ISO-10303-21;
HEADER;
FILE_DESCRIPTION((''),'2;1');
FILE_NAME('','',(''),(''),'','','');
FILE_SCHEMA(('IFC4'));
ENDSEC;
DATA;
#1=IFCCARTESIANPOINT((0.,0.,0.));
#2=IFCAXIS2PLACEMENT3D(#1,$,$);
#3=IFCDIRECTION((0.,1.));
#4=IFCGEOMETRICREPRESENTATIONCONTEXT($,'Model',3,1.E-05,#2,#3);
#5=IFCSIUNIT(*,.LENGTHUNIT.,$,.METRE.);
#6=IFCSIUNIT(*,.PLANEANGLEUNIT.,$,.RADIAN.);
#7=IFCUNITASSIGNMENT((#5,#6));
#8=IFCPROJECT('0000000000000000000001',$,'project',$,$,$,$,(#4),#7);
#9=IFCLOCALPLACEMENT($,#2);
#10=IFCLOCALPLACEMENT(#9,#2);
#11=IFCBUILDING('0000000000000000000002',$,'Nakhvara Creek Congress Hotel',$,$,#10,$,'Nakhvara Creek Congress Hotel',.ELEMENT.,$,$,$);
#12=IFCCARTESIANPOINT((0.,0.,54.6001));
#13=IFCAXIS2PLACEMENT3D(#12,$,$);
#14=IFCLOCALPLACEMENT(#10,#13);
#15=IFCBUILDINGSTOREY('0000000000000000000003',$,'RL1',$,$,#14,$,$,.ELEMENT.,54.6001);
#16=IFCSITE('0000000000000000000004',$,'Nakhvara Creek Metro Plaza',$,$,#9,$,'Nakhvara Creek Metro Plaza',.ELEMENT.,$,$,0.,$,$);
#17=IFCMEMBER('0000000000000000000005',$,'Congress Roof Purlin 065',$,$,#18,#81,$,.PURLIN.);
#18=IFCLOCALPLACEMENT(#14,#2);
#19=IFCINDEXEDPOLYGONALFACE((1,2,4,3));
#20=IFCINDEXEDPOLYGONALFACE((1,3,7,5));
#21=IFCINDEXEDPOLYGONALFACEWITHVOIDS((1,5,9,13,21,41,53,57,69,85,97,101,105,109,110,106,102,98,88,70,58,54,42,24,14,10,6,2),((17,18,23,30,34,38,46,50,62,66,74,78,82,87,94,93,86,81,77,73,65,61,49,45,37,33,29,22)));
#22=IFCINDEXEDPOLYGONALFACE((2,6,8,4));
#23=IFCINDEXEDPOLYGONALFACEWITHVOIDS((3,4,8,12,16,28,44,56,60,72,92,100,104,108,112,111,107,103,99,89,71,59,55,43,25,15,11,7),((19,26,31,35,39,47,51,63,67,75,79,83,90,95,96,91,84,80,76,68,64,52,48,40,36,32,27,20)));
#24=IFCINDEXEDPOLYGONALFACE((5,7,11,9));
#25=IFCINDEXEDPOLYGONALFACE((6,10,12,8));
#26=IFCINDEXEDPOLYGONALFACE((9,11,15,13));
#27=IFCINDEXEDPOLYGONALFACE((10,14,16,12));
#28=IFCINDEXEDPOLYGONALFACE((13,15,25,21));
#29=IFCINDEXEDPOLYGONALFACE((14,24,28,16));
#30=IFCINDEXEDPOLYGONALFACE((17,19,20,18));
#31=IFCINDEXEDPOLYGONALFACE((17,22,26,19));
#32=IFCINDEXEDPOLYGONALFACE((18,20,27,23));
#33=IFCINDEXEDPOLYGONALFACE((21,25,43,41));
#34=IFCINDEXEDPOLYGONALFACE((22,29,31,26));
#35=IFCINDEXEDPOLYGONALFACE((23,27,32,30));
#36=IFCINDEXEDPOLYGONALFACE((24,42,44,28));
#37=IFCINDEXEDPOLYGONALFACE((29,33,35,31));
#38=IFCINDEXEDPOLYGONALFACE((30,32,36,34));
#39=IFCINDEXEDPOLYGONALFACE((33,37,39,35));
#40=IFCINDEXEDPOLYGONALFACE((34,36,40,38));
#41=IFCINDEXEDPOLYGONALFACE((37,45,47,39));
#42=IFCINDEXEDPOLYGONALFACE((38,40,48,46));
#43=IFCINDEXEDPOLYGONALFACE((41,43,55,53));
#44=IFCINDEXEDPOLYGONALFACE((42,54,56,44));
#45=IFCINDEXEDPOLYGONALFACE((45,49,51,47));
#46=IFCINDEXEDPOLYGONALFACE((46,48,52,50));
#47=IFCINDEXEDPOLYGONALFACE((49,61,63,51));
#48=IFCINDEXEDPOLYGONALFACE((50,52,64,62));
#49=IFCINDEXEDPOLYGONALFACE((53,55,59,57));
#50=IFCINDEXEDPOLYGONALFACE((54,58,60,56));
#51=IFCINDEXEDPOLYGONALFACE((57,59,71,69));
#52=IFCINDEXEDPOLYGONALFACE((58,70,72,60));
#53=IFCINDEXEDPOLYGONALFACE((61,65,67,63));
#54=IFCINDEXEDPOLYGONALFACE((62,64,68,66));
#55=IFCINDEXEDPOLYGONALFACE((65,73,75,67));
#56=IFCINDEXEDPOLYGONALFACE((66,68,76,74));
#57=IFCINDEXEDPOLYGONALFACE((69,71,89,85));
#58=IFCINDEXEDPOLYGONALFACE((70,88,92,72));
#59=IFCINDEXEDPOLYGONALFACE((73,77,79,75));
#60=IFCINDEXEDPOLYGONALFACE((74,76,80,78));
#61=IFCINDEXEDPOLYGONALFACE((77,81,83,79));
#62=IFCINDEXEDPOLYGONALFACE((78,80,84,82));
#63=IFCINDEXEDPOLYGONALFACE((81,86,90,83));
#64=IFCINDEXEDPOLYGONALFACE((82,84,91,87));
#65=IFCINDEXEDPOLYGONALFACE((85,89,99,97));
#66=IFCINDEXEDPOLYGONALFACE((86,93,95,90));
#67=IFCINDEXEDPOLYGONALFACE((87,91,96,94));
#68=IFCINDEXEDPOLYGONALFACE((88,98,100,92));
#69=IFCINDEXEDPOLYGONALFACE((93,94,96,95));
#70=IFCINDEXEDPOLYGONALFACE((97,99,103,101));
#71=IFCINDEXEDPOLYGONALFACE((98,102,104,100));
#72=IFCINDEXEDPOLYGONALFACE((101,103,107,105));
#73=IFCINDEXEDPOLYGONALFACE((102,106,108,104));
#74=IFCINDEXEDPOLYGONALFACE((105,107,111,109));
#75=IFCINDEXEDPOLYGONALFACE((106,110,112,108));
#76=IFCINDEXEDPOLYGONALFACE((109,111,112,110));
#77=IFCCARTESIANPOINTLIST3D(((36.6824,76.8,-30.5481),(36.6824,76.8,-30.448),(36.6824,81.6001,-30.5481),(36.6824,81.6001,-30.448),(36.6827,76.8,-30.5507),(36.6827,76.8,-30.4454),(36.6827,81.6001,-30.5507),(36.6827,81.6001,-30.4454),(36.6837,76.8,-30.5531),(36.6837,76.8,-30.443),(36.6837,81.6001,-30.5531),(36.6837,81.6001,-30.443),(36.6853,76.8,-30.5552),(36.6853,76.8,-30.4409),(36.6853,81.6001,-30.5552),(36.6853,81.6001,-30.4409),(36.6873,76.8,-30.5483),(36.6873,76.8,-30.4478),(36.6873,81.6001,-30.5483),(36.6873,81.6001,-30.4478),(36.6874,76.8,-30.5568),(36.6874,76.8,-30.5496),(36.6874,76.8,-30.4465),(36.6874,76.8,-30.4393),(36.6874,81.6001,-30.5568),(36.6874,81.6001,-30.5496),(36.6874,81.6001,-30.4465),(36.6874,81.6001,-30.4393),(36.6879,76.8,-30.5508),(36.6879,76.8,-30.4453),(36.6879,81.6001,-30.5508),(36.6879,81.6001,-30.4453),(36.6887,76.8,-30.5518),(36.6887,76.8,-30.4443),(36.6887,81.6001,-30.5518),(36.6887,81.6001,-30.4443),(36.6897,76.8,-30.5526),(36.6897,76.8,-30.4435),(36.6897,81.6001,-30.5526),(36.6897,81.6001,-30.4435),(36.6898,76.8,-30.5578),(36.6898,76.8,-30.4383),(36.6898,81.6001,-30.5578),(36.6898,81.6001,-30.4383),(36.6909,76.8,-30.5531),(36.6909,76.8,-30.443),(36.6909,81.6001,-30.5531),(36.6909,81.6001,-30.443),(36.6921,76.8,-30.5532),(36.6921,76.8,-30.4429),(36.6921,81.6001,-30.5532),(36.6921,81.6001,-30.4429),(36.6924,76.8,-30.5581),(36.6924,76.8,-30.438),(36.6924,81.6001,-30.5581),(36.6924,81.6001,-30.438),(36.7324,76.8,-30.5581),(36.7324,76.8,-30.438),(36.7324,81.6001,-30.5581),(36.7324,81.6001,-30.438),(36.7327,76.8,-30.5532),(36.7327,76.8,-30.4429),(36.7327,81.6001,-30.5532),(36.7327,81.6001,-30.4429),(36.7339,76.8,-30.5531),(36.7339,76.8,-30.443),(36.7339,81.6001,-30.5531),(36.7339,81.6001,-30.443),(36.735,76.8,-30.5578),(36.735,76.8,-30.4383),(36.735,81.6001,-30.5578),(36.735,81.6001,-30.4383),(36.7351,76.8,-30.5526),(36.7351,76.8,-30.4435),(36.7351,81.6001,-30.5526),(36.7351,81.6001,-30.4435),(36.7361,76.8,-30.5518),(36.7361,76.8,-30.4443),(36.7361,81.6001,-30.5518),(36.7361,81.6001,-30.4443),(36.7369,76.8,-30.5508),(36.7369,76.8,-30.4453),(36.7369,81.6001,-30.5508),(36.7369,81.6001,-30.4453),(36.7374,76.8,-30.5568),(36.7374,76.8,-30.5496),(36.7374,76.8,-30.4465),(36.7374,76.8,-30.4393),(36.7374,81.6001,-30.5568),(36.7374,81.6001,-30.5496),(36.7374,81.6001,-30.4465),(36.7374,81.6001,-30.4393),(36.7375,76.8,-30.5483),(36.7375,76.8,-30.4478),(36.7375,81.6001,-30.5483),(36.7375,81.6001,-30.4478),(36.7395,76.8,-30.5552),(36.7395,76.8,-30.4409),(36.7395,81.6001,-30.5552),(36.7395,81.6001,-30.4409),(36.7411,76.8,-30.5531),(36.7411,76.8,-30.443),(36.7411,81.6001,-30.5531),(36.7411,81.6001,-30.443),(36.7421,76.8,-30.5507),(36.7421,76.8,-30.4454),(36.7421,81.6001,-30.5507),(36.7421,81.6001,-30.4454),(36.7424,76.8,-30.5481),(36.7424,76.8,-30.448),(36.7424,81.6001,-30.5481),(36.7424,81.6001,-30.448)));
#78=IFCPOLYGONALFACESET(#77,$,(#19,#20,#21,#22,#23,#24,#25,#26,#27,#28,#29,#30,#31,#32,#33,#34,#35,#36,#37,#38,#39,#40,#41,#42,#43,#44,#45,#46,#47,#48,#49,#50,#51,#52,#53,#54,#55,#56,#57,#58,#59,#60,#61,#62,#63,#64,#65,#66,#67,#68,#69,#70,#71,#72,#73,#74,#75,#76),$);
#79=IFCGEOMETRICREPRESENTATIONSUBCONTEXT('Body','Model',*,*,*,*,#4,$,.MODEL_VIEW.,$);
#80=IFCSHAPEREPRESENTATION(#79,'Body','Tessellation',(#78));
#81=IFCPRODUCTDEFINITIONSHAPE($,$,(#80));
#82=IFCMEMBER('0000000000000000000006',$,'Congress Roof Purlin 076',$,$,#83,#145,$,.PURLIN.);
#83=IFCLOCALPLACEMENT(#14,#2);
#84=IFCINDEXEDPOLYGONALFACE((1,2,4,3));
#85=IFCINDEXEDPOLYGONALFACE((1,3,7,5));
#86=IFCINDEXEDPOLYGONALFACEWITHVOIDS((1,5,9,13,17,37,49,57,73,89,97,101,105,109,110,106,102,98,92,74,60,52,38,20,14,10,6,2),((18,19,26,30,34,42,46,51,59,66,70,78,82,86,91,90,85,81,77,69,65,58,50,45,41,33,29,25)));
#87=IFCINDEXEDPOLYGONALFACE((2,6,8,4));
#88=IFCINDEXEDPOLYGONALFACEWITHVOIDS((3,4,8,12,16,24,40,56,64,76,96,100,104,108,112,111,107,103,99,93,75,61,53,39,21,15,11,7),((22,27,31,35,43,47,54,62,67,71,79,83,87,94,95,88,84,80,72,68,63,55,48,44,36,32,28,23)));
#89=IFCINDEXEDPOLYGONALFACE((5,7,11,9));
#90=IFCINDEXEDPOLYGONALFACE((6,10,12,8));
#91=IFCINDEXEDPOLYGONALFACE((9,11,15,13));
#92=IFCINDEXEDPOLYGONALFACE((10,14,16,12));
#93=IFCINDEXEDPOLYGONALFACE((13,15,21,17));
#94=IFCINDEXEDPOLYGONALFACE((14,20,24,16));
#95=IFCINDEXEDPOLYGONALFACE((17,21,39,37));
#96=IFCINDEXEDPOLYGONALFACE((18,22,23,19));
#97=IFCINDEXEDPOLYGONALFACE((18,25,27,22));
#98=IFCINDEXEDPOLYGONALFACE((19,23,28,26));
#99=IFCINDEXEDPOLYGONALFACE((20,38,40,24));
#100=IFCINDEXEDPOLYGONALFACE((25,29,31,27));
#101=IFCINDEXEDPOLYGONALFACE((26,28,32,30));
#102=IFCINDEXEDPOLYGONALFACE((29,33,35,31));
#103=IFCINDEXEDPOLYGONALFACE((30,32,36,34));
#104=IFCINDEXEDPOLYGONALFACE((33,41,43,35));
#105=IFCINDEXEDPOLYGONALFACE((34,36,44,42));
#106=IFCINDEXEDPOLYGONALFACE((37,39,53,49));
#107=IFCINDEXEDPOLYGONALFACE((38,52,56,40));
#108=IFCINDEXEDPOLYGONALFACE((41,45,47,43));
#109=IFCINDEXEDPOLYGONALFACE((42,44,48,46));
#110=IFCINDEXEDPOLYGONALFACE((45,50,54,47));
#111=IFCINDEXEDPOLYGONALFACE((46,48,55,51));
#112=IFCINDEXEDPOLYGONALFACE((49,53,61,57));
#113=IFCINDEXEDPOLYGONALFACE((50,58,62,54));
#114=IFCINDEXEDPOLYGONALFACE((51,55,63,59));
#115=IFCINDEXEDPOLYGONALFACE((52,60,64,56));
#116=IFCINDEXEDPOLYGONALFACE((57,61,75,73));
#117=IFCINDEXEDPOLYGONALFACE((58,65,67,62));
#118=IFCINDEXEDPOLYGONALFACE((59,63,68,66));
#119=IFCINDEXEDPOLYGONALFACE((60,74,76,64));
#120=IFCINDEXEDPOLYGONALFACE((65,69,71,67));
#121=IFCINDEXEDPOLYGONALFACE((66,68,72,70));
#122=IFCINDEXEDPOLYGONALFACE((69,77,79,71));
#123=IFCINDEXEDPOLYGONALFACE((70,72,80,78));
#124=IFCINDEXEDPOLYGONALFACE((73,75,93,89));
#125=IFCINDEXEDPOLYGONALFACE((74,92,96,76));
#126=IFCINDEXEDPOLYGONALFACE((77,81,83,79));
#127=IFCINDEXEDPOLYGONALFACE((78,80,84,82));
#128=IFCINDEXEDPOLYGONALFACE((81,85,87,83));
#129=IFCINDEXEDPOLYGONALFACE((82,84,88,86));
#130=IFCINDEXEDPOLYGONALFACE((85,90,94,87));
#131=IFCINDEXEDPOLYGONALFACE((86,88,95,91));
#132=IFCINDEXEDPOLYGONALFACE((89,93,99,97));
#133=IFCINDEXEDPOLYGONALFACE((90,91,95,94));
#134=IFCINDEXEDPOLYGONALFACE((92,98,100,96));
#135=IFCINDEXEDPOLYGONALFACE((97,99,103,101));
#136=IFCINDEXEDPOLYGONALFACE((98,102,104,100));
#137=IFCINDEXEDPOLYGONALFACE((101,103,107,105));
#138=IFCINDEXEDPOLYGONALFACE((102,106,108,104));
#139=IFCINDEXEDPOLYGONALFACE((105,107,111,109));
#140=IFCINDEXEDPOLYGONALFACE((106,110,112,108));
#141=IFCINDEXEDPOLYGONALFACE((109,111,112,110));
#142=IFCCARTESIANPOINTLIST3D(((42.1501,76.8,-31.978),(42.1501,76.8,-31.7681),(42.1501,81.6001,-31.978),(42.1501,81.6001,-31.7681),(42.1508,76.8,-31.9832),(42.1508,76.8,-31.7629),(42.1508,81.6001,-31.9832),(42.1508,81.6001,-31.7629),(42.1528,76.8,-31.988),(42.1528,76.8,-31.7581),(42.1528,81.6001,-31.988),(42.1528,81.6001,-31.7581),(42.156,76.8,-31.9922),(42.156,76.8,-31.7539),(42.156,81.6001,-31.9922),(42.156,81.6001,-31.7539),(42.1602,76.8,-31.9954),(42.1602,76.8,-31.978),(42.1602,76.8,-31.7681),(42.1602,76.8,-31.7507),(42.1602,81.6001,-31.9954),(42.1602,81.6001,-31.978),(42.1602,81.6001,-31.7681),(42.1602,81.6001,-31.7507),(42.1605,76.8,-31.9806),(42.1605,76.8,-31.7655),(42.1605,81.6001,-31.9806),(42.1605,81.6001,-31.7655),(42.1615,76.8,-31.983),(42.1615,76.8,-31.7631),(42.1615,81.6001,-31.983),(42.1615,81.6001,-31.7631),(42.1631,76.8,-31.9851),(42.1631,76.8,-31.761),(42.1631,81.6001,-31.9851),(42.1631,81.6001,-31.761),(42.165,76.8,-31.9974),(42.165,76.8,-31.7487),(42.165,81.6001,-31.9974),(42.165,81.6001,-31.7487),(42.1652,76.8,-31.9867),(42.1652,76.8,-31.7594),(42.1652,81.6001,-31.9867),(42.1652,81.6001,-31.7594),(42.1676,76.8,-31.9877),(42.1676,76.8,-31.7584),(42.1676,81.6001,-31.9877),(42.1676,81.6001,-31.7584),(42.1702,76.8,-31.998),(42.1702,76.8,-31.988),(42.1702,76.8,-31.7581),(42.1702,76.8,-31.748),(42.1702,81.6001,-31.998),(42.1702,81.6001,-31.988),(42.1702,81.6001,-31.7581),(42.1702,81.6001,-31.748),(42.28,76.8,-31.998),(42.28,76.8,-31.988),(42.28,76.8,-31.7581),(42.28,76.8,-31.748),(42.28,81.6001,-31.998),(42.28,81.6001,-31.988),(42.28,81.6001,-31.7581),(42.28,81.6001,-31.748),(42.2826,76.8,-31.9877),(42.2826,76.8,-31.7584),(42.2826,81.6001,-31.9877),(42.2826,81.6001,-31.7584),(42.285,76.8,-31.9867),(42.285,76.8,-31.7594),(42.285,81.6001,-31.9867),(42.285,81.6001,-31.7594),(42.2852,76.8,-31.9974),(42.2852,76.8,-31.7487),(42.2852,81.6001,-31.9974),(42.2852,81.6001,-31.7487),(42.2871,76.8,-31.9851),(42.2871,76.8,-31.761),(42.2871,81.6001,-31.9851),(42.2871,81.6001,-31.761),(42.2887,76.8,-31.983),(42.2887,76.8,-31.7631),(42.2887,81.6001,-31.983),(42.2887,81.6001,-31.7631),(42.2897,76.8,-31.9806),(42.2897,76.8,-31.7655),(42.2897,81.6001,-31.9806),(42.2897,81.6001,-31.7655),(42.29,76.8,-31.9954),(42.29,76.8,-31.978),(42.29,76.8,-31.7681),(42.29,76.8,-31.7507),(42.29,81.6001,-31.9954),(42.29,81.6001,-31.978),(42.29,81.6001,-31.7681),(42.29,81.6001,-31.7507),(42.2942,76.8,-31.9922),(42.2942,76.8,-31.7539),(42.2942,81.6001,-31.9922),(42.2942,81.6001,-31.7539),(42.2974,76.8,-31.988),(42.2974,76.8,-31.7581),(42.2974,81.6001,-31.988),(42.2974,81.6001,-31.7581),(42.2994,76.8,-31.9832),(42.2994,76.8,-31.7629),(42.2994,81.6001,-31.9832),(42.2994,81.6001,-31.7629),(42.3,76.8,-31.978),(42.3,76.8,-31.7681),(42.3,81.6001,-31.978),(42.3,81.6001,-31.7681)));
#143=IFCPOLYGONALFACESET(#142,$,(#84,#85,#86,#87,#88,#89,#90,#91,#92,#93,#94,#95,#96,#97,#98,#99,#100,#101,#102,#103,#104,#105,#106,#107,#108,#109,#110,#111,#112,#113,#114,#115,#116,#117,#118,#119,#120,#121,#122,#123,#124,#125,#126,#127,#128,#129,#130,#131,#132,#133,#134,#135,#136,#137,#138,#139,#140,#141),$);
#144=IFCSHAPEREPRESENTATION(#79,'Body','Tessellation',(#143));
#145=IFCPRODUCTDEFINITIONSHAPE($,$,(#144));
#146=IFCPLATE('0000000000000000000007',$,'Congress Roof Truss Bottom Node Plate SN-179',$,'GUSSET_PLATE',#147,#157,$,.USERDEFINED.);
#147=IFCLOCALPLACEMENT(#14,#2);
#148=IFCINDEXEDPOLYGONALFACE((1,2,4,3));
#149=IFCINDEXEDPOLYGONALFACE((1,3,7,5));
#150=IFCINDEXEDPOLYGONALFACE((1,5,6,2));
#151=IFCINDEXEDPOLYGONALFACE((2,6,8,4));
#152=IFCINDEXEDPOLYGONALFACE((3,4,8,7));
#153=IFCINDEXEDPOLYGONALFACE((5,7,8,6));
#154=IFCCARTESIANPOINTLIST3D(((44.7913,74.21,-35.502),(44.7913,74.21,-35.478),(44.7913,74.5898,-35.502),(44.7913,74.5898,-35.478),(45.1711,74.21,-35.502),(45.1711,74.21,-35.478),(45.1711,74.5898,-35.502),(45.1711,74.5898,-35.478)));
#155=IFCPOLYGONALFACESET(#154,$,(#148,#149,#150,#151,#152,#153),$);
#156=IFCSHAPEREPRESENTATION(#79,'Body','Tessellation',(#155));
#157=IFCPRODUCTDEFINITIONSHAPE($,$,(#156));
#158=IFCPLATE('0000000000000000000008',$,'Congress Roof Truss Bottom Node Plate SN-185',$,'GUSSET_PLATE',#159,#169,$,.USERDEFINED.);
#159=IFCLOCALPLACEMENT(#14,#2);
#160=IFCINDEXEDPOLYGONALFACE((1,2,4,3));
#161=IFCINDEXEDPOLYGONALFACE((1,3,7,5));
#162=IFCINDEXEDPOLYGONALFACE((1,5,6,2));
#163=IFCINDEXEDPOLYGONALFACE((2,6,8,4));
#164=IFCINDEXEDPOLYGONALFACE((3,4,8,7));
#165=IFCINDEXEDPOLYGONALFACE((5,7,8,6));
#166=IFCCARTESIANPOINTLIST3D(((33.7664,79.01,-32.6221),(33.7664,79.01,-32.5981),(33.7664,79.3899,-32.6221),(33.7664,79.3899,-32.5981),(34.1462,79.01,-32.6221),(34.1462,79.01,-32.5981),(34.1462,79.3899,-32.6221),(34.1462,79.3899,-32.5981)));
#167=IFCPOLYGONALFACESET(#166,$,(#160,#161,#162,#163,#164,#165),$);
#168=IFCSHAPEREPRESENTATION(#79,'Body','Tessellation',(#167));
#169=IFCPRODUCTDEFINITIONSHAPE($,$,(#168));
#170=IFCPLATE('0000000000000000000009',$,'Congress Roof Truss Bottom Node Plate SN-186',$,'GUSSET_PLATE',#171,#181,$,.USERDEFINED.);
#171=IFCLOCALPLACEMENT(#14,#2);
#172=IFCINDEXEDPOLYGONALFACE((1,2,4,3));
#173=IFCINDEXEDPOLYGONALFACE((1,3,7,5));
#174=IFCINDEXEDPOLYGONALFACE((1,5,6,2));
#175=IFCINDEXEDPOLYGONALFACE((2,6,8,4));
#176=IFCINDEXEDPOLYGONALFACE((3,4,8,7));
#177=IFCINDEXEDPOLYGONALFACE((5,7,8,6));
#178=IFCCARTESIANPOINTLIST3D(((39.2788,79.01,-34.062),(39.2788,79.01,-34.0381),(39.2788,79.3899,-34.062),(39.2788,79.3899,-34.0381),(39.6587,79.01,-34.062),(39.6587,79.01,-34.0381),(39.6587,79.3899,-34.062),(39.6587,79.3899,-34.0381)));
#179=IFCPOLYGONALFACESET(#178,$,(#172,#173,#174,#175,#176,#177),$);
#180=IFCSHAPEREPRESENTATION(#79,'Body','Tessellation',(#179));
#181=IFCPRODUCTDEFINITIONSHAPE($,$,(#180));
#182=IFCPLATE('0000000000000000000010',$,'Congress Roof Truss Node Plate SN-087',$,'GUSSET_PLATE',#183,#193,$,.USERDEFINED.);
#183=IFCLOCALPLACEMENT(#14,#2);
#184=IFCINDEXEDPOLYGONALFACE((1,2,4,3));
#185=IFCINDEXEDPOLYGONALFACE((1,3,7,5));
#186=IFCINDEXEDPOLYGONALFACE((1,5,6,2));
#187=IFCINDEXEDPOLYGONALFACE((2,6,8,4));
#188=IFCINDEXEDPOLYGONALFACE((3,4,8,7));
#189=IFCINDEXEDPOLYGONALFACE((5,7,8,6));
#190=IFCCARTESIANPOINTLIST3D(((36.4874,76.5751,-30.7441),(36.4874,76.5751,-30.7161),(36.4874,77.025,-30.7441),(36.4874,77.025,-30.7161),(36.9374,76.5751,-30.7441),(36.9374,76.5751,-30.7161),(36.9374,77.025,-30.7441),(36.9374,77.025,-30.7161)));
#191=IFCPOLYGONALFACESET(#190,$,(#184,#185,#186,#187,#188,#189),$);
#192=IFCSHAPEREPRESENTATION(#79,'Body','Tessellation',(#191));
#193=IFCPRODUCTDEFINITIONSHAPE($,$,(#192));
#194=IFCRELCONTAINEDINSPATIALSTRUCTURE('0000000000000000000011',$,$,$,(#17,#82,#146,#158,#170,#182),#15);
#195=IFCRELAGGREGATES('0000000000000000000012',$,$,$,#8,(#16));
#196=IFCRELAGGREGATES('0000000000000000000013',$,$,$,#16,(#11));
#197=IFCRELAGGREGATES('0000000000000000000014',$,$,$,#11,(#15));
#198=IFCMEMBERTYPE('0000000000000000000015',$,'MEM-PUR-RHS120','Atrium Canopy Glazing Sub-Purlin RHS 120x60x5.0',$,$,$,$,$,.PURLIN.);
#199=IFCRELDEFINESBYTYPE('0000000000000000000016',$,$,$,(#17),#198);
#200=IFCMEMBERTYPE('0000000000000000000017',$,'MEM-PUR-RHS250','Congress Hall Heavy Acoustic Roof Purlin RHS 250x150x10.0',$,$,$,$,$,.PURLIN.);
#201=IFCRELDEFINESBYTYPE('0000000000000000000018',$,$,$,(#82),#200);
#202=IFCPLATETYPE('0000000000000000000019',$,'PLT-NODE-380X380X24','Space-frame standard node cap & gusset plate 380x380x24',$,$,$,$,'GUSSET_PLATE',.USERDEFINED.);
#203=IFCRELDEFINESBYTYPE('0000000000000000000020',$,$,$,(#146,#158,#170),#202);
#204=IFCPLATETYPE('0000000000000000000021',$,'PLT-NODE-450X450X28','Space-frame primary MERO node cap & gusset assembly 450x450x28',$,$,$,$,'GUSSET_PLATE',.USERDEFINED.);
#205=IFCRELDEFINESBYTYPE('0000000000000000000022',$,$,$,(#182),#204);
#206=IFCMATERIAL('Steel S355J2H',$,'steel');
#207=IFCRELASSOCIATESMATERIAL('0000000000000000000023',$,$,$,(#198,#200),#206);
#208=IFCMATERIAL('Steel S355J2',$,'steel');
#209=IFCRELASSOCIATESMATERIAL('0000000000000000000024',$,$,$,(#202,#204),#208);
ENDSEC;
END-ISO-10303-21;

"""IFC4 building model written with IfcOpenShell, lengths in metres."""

from ifc_helpers import new_model, si_unit, direction, frame, origin, origin_2d, place, context, subcontext, project, spatial, rectangle, hollow_rectangle, extrude, material, material_profile, profile_set, type_object, element, save


model = new_model("IFC4")

# Units and contexts
model_context = context("Model", 3, precision=1e-05, world=origin(), true_north=direction((0.0, 1.0)))
body_context = subcontext(model_context, "Body", "Model", "MODEL_VIEW")
ifc_project = project(units=[si_unit("LENGTHUNIT", "METRE"), si_unit("PLANEANGLEUNIT", "RADIAN")], contexts=[model_context])

# Site, building, storey
site_placement = place(None, origin())
site = spatial("IfcSite", under=ifc_project, at=site_placement, Name="Nakhvara Creek Metro Plaza", LongName="Nakhvara Creek Metro Plaza", CompositionType="ELEMENT", RefElevation=0.0)
building_placement = place(site_placement, origin())
building = spatial("IfcBuilding", under=site, at=building_placement, Name="Nakhvara Creek Congress Hotel", LongName="Nakhvara Creek Congress Hotel", CompositionType="ELEMENT")
storey_placement = place(building_placement, frame((0.0, 0.0, 54.6001)))
storey = spatial("IfcBuildingStorey", under=building, at=storey_placement, Name="RL1", CompositionType="ELEMENT", Elevation=54.6001)

# Members
ifc_material_1 = material(Name="Steel S355J2H", Category="steel")
ifc_material_profile_1 = material_profile(ifc_material_1, hollow_rectangle(XDim=0.0601, YDim=0.1201, WallThickness=0.0049, InnerFilletRadius=0.0049, OuterFilletRadius=0.01, at=origin_2d()), Name="RHS 120x60x5.0", Category="LoadBearing")
ifc_profile_set_1 = profile_set([ifc_material_profile_1], Name="Steel S355J2H")
member_type_1 = type_object("IfcMemberType", Name="MEM-PUR-RHS120", Description="Atrium Canopy Glazing Sub-Purlin RHS 120x60x5.0", PredefinedType="PURLIN", material=ifc_profile_set_1)
member_1_placement = place(storey_placement, frame((36.7124, 76.8, -30.498), z_axis=(0.0, 1.0, 0.0), x_axis=(-1.0, 0.0, 0.0)))
element("IfcMember", 1, at=member_1_placement, inside=storey, type_object=member_type_1, Name="Congress Roof Purlin 065", PredefinedType="PURLIN", context=body_context, shape_type="SweptSolid", body=[
    extrude(hollow_rectangle(XDim=0.0601, YDim=0.1201, WallThickness=0.0049, InnerFilletRadius=0.0049, OuterFilletRadius=0.01, at=origin_2d()), origin(), (0.0, 0.0, 1.0), 4.8),
])
ifc_material_profile_2 = material_profile(ifc_material_1, hollow_rectangle(XDim=0.1499, YDim=0.25, WallThickness=0.01, InnerFilletRadius=0.01, OuterFilletRadius=0.02, at=origin_2d()), Name="RHS 250x150x10.0", Category="LoadBearing")
ifc_profile_set_2 = profile_set([ifc_material_profile_2], Name="Steel S355J2H")
member_type_2 = type_object("IfcMemberType", Name="MEM-PUR-RHS250", Description="Congress Hall Heavy Acoustic Roof Purlin RHS 250x150x10.0", PredefinedType="PURLIN", material=ifc_profile_set_2)
member_2_placement = place(storey_placement, frame((42.2251, 76.8, -31.873), z_axis=(0.0, 1.0, 0.0), x_axis=(-1.0, 0.0, 0.0)))
element("IfcMember", 2, at=member_2_placement, inside=storey, type_object=member_type_2, Name="Congress Roof Purlin 076", PredefinedType="PURLIN", context=body_context, shape_type="SweptSolid", body=[
    extrude(hollow_rectangle(XDim=0.1499, YDim=0.25, WallThickness=0.01, InnerFilletRadius=0.01, OuterFilletRadius=0.02, at=origin_2d()), origin(), (0.0, 0.0, 1.0), 4.8),
])

# Plates
ifc_material_2 = material(Name="Steel S355J2", Category="steel")
plate_type_1 = type_object("IfcPlateType", Name="PLT-NODE-380X380X24", Description="Space-frame standard node cap & gusset plate 380x380x24", ElementType="GUSSET_PLATE", PredefinedType="USERDEFINED", material=ifc_material_2)
for number, where, z_axis, x_axis, name in (
    (3, (44.9812, 74.3999, -35.502), (0.0, 0.0, 1.0), (1.0, 0.0, 0.0), "Congress Roof Truss Bottom Node Plate SN-179"),
    (4, (33.9563, 79.2, -32.6221), (0.0, 0.0, 1.0), (1.0, 0.0, 0.0), "Congress Roof Truss Bottom Node Plate SN-185"),
    (5, (39.4688, 79.2, -34.062), (0.0, 0.0, 1.0), (1.0, 0.0, 0.0), "Congress Roof Truss Bottom Node Plate SN-186"),
):
    element("IfcPlate", number, at=place(storey_placement, frame(where, z_axis=z_axis, x_axis=x_axis)), inside=storey, type_object=plate_type_1, Name=name, ObjectType="GUSSET_PLATE", PredefinedType="USERDEFINED", context=body_context, shape_type="SweptSolid", body=[
        extrude(rectangle(XDim=0.3799, YDim=0.3799, at=origin_2d()), origin(), (0.0, 0.0, 1.0), 0.0239),
    ])
plate_type_2 = type_object("IfcPlateType", Name="PLT-NODE-450X450X28", Description="Space-frame primary MERO node cap & gusset assembly 450x450x28", ElementType="GUSSET_PLATE", PredefinedType="USERDEFINED", material=ifc_material_2)
for number, where, z_axis, x_axis, name in (
    (6, (36.7124, 76.8, -30.7441), (0.0, 0.0, 1.0), (1.0, 0.0, 0.0), "Congress Roof Truss Node Plate SN-087"),
):
    element("IfcPlate", number, at=place(storey_placement, frame(where, z_axis=z_axis, x_axis=x_axis)), inside=storey, type_object=plate_type_2, Name=name, ObjectType="GUSSET_PLATE", PredefinedType="USERDEFINED", context=body_context, shape_type="SweptSolid", body=[
        extrude(rectangle(XDim=0.45, YDim=0.45, at=origin_2d()), origin(), (0.0, 0.0, 1.0), 0.0281),
    ])

save(model, "model.ifc")
